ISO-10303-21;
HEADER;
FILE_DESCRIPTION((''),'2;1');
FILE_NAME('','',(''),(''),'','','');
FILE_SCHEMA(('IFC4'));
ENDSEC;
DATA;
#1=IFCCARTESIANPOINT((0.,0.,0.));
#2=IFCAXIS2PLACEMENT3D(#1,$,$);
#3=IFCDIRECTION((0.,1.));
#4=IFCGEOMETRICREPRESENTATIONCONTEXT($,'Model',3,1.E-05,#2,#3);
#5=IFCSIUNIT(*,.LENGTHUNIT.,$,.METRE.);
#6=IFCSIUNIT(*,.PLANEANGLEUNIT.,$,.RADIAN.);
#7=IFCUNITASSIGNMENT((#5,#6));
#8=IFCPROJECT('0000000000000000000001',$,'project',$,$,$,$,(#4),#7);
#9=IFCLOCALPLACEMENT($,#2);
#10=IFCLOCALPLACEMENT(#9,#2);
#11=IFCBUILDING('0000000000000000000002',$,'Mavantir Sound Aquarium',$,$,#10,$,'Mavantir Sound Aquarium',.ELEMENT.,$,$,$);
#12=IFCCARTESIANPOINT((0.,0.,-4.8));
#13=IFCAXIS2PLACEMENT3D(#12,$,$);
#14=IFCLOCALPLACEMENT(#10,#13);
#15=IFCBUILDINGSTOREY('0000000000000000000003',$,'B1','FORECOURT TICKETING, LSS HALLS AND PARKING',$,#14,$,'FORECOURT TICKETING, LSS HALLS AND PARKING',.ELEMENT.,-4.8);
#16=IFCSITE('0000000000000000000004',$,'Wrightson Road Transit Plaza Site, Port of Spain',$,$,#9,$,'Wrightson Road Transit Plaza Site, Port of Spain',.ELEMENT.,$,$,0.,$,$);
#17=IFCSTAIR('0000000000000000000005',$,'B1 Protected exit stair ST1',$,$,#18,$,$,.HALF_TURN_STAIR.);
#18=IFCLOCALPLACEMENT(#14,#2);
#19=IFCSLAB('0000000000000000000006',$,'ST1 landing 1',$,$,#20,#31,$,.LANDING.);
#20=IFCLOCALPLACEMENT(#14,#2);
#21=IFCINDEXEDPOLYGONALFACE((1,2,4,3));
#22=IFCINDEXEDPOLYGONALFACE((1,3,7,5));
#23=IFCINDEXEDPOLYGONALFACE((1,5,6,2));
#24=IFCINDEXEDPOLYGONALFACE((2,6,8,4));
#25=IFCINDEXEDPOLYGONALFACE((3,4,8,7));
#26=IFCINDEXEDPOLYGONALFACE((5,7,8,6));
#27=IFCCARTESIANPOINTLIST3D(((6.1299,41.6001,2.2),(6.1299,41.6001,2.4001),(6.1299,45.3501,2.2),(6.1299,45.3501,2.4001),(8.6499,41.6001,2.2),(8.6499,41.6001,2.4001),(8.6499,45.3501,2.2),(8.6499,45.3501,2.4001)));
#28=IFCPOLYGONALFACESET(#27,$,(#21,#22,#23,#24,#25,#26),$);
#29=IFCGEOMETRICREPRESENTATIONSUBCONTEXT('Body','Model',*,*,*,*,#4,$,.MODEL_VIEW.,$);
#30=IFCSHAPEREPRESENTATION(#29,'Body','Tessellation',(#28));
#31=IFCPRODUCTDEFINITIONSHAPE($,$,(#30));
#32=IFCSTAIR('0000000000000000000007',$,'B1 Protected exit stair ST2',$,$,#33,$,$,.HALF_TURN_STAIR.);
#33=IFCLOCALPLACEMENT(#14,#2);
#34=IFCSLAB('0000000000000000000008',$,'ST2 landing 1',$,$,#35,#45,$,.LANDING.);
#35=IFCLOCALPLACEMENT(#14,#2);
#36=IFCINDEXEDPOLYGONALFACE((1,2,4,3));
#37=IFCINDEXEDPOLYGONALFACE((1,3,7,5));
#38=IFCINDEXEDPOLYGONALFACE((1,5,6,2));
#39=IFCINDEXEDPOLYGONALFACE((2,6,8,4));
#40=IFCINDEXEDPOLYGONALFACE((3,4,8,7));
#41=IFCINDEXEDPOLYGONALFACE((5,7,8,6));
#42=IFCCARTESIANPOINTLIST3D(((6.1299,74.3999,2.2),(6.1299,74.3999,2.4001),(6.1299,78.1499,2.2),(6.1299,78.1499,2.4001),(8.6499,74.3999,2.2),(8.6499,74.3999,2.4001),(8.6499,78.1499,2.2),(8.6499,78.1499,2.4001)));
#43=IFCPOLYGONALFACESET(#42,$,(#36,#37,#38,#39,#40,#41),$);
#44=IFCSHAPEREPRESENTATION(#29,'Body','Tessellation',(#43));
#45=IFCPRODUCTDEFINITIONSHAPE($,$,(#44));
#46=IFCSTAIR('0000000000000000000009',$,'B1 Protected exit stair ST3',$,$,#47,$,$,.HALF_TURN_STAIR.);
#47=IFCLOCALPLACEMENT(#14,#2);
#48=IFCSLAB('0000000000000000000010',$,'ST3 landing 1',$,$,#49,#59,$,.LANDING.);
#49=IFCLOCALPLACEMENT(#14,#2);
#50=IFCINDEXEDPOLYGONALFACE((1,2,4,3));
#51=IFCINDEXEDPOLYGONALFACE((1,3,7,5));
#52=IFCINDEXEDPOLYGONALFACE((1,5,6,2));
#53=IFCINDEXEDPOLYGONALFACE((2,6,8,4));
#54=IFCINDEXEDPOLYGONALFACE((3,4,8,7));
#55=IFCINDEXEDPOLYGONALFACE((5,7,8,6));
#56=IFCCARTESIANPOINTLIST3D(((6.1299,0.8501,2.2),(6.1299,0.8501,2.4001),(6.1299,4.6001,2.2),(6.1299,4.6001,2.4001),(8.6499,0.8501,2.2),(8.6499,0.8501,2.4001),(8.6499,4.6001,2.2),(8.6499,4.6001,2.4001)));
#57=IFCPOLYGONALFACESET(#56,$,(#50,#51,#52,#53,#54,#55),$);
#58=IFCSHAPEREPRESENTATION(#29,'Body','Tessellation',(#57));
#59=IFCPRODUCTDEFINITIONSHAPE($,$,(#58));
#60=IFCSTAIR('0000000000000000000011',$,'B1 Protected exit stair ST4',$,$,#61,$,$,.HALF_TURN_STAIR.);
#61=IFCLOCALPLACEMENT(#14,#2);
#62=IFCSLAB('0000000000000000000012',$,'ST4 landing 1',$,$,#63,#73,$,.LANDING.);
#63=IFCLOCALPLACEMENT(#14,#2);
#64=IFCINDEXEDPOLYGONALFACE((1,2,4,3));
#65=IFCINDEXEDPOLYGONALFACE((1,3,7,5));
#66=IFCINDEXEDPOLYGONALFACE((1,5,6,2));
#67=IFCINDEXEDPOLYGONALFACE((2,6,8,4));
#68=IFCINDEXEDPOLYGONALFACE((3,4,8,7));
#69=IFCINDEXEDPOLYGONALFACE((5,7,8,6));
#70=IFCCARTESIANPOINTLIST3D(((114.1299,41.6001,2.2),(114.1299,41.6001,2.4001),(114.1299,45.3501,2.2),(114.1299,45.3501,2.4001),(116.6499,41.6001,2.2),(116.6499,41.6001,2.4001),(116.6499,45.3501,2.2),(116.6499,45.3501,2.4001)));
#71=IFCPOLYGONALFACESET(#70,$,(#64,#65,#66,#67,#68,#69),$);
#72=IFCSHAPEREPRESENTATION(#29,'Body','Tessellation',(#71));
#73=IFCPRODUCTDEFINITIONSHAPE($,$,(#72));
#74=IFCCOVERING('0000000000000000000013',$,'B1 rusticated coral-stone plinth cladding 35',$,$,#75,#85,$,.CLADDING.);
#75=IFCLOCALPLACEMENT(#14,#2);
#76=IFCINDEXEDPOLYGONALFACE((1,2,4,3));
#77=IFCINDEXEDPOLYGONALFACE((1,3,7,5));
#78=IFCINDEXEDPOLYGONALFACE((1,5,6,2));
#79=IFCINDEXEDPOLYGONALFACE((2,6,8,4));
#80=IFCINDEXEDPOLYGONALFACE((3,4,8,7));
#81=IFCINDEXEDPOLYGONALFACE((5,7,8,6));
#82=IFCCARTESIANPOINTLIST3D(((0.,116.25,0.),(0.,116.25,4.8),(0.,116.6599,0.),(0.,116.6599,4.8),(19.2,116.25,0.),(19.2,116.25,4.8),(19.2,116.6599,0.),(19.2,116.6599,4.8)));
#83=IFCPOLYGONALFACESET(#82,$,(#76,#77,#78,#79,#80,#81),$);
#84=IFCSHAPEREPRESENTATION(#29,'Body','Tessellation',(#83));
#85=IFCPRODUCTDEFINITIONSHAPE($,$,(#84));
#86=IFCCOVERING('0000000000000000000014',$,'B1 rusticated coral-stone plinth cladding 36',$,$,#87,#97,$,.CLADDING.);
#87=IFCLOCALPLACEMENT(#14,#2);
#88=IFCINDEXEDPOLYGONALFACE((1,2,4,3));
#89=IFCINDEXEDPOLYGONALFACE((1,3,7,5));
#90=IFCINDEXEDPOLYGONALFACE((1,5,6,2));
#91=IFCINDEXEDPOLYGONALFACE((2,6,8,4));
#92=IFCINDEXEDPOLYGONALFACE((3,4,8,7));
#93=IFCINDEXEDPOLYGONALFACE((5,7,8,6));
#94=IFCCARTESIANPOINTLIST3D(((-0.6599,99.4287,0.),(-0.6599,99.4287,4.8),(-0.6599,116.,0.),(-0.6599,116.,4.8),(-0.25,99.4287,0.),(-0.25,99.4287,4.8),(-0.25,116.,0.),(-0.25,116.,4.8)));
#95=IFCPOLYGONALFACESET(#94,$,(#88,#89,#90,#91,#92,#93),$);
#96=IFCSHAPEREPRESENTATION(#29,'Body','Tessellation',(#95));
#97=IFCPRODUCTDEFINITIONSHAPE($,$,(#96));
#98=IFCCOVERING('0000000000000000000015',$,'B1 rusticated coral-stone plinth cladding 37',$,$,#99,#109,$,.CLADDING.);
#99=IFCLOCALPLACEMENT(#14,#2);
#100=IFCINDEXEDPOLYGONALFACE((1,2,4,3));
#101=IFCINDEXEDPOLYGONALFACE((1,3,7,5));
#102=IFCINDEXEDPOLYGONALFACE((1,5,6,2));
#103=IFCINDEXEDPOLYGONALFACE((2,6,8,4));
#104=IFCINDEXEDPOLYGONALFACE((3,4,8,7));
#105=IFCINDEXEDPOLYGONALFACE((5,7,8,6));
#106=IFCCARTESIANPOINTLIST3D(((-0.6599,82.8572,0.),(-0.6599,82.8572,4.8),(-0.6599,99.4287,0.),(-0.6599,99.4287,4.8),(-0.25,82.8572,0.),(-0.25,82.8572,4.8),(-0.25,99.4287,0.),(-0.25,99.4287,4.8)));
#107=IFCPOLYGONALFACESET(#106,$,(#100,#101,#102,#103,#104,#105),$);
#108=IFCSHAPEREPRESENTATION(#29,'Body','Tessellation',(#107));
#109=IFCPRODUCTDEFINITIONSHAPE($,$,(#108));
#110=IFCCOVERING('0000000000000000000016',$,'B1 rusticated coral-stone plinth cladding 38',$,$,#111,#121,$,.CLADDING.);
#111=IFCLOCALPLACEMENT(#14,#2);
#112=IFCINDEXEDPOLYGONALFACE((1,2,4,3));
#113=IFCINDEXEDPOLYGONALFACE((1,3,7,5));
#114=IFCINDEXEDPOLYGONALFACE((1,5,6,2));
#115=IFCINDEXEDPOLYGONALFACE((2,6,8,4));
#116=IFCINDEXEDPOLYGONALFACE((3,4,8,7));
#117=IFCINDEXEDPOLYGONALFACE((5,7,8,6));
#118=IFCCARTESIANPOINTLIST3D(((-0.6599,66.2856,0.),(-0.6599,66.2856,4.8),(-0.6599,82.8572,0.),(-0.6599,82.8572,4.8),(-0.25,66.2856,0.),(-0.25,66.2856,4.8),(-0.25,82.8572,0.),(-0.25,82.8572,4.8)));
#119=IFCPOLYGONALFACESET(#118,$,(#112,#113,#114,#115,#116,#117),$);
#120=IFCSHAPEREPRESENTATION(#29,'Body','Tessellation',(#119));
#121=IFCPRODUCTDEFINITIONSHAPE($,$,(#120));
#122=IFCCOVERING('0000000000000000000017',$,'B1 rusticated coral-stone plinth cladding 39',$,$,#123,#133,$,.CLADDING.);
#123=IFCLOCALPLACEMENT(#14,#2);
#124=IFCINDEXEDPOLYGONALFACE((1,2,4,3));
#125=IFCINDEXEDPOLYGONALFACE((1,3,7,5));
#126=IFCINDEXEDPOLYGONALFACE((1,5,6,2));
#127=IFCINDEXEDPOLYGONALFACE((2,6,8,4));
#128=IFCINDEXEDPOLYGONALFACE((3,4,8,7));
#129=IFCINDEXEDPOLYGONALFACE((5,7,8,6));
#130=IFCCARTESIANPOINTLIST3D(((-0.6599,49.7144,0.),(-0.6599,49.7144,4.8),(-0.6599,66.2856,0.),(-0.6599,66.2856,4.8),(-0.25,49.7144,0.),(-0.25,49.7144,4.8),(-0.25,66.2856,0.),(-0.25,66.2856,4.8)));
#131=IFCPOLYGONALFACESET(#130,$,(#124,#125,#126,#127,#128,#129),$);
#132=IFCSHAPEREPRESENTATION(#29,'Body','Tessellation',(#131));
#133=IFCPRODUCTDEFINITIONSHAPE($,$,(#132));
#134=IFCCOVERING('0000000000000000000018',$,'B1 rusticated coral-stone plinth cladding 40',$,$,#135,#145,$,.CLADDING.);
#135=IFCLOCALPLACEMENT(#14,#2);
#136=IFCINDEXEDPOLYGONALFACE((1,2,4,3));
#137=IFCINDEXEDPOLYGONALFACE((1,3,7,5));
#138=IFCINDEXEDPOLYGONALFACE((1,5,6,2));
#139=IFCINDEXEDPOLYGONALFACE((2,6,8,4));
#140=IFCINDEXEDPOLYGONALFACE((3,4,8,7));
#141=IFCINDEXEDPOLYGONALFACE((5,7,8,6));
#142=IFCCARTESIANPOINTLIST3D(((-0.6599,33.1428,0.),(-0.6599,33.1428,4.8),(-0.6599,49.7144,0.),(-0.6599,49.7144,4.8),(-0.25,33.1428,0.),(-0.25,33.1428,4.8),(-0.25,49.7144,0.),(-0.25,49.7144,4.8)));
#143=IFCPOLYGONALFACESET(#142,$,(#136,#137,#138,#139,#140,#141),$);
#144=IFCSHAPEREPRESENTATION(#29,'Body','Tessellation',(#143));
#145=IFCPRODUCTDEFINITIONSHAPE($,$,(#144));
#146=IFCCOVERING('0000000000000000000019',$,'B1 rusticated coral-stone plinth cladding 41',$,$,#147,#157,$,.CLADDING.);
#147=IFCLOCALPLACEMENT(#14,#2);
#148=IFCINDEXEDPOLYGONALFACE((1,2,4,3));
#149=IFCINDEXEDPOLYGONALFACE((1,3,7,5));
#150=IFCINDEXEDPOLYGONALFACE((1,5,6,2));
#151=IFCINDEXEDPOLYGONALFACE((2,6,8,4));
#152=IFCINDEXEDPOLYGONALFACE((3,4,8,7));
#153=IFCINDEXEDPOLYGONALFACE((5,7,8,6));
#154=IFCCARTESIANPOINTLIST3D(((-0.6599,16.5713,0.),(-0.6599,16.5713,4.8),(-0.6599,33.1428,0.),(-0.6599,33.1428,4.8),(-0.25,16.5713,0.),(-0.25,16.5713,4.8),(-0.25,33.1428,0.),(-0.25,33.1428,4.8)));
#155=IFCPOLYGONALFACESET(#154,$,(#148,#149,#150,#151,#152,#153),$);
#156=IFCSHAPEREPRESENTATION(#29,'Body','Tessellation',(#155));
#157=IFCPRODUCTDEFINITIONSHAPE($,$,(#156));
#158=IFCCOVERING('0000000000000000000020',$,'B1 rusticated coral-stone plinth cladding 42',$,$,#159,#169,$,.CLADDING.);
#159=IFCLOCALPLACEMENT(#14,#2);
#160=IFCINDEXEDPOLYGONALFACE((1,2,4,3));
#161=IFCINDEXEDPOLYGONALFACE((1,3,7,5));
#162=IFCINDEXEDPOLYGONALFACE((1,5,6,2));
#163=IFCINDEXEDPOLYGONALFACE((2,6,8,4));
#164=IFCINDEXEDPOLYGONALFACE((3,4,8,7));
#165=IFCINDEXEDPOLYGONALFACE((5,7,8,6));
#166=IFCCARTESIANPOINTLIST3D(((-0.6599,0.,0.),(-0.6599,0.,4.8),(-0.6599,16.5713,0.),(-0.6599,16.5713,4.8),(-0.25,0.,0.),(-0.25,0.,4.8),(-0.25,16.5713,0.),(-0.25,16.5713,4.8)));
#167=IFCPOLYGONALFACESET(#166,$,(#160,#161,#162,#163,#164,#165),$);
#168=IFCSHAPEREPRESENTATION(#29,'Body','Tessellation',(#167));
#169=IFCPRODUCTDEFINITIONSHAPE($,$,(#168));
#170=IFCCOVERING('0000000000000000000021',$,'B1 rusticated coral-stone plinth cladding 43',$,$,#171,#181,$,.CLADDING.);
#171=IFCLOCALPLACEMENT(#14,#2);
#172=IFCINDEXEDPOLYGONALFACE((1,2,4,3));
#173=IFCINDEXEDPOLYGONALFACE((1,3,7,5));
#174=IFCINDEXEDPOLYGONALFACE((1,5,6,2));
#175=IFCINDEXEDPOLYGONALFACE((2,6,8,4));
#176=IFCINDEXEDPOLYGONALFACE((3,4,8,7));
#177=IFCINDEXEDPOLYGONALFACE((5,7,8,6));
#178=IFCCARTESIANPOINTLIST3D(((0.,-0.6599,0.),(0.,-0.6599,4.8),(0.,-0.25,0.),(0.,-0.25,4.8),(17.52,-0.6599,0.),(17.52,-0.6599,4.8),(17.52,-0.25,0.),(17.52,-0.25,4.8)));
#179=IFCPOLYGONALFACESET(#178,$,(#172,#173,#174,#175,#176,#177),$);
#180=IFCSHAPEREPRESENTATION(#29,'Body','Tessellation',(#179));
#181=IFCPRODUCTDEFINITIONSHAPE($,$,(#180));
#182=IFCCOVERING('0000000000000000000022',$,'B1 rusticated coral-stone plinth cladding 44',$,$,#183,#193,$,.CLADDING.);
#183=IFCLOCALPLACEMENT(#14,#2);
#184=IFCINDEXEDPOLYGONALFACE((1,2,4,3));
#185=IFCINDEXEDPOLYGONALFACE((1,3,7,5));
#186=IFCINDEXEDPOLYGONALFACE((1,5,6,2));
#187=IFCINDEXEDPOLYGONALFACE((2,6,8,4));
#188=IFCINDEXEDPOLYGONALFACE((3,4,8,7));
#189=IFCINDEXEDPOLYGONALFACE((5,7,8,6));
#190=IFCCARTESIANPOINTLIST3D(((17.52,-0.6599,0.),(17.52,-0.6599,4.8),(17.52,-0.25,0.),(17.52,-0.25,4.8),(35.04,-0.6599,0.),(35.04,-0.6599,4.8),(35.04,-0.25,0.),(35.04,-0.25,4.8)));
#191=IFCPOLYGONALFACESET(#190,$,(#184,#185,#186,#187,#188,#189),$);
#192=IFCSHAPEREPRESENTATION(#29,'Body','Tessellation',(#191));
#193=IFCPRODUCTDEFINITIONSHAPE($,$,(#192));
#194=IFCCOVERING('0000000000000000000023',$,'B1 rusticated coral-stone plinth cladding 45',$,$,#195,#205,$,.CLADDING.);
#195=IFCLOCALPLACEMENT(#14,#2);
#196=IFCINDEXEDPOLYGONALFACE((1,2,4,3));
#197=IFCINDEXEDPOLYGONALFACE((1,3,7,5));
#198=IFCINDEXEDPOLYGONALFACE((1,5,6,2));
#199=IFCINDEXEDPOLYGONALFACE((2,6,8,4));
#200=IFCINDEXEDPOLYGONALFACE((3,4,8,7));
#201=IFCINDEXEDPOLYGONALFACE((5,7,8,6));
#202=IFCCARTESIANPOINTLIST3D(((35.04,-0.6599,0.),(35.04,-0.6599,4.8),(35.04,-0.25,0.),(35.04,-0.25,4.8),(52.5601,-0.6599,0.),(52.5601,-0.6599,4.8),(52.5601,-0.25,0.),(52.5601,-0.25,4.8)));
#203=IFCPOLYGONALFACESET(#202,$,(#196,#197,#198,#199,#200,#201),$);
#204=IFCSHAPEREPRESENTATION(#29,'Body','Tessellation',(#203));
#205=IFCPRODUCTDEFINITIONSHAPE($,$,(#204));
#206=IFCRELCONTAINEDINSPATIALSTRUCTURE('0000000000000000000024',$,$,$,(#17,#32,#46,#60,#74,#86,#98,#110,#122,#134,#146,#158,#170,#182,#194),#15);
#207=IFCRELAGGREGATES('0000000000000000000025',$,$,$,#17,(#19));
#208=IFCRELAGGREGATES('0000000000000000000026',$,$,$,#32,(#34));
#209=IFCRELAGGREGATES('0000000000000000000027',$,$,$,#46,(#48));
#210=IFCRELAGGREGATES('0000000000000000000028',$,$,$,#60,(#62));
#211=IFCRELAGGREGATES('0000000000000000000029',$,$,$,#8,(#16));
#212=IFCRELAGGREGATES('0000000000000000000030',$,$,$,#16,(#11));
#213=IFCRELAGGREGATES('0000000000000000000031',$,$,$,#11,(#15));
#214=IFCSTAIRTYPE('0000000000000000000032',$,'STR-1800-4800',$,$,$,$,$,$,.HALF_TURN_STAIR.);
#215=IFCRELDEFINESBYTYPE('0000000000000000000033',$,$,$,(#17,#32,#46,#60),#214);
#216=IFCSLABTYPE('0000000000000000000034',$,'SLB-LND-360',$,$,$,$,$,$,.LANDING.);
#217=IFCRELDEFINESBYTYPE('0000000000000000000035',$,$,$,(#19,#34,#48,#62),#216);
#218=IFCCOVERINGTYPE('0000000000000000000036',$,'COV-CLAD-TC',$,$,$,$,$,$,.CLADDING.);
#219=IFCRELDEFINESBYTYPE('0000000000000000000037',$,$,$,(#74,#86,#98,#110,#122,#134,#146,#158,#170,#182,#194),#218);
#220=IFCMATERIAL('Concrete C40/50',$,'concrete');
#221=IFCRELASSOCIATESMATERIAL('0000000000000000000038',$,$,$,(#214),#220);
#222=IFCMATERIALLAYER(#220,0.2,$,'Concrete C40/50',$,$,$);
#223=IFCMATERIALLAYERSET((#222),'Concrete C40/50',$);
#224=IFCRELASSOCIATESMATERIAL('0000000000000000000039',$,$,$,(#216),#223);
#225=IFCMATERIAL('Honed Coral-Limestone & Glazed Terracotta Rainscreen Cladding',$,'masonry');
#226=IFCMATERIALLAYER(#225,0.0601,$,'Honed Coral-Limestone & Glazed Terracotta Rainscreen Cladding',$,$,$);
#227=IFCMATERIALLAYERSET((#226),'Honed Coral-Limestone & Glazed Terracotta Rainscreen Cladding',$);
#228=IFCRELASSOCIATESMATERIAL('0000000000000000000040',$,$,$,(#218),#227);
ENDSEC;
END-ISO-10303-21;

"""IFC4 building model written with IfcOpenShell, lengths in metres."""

from ifc_helpers import new_model, si_unit, direction, frame, origin, place, context, subcontext, project, spatial, polyline, outline, extrude, material, layer, layer_set, type_object, element, aggregate, save


model = new_model("IFC4")

# Units and contexts
model_context = context("Model", 3, precision=1e-05, world=origin(), true_north=direction((0.0, 1.0)))
body_context = subcontext(model_context, "Body", "Model", "MODEL_VIEW")
ifc_project = project(units=[si_unit("LENGTHUNIT", "METRE"), si_unit("PLANEANGLEUNIT", "RADIAN")], contexts=[model_context])

# Site, building, storey
site_placement = place(None, origin())
site = spatial("IfcSite", under=ifc_project, at=site_placement, Name="Wrightson Road Transit Plaza Site, Port of Spain", LongName="Wrightson Road Transit Plaza Site, Port of Spain", CompositionType="ELEMENT", RefElevation=0.0)
building_placement = place(site_placement, origin())
building = spatial("IfcBuilding", under=site, at=building_placement, Name="Mavantir Sound Aquarium", LongName="Mavantir Sound Aquarium", CompositionType="ELEMENT")
storey_placement = place(building_placement, frame((0.0, 0.0, -4.8)))
storey = spatial("IfcBuildingStorey", under=building, at=storey_placement, Name="B1", Description="FORECOURT TICKETING, LSS HALLS AND PARKING", LongName="FORECOURT TICKETING, LSS HALLS AND PARKING", CompositionType="ELEMENT", Elevation=-4.8)

# Stairs, slabs
ifc_material_1 = material(Name="Concrete C40/50", Category="concrete")
stair_type = type_object("IfcStairType", Name="STR-1800-4800", PredefinedType="HALF_TURN_STAIR", material=ifc_material_1)
stair_1_placement = place(storey_placement, origin())
stair_1 = element("IfcStair", 1, at=stair_1_placement, inside=storey, type_object=stair_type, Name="B1 Protected exit stair ST1", PredefinedType="HALF_TURN_STAIR")
ifc_layer_1 = layer(ifc_material_1, 0.2, Name="Concrete C40/50")
ifc_layer_set_1 = layer_set([ifc_layer_1], Name="Concrete C40/50")
slab_type = type_object("IfcSlabType", Name="SLB-LND-360", PredefinedType="LANDING", material=ifc_layer_set_1)
slab_1_placement = place(storey_placement, frame((0.0, 0.0, 2.2)))
slab_1 = element("IfcSlab", 2, at=slab_1_placement, type_object=slab_type, Name="ST1 landing 1", PredefinedType="LANDING", context=body_context, shape_type="SweptSolid", body=[
    extrude(outline(polyline([(6.1299, 41.6001), (8.6499, 41.6001), (8.6499, 45.3501), (6.1299, 45.3501), (6.1299, 41.6001)])), origin(), (0.0, 0.0, 1.0), 0.2002),
])
aggregate(stair_1, [slab_1])
stair_2_placement = place(storey_placement, origin())
stair_2 = element("IfcStair", 3, at=stair_2_placement, inside=storey, type_object=stair_type, Name="B1 Protected exit stair ST2", PredefinedType="HALF_TURN_STAIR")
slab_2_placement = place(storey_placement, frame((0.0, 0.0, 2.2)))
slab_2 = element("IfcSlab", 4, at=slab_2_placement, type_object=slab_type, Name="ST2 landing 1", PredefinedType="LANDING", context=body_context, shape_type="SweptSolid", body=[
    extrude(outline(polyline([(6.1299, 74.3999), (8.6499, 74.3999), (8.6499, 78.1499), (6.1299, 78.1499), (6.1299, 74.3999)])), origin(), (0.0, 0.0, 1.0), 0.2002),
])
aggregate(stair_2, [slab_2])
stair_3_placement = place(storey_placement, origin())
stair_3 = element("IfcStair", 5, at=stair_3_placement, inside=storey, type_object=stair_type, Name="B1 Protected exit stair ST3", PredefinedType="HALF_TURN_STAIR")
slab_3_placement = place(storey_placement, frame((0.0, 0.0, 2.2)))
slab_3 = element("IfcSlab", 6, at=slab_3_placement, type_object=slab_type, Name="ST3 landing 1", PredefinedType="LANDING", context=body_context, shape_type="SweptSolid", body=[
    extrude(outline(polyline([(6.1299, 0.8501), (8.6499, 0.8501), (8.6499, 4.6001), (6.1299, 4.6001), (6.1299, 0.8501)])), origin(), (0.0, 0.0, 1.0), 0.2002),
])
aggregate(stair_3, [slab_3])
stair_4_placement = place(storey_placement, origin())
stair_4 = element("IfcStair", 7, at=stair_4_placement, inside=storey, type_object=stair_type, Name="B1 Protected exit stair ST4", PredefinedType="HALF_TURN_STAIR")
slab_4_placement = place(storey_placement, frame((0.0, 0.0, 2.2)))
slab_4 = element("IfcSlab", 8, at=slab_4_placement, type_object=slab_type, Name="ST4 landing 1", PredefinedType="LANDING", context=body_context, shape_type="SweptSolid", body=[
    extrude(outline(polyline([(114.1299, 41.6001), (116.6499, 41.6001), (116.6499, 45.3501), (114.1299, 45.3501), (114.1299, 41.6001)])), origin(), (0.0, 0.0, 1.0), 0.2002),
])
aggregate(stair_4, [slab_4])

# Coverings
ifc_material_2 = material(Name="Honed Coral-Limestone & Glazed Terracotta Rainscreen Cladding", Category="masonry")
ifc_layer_2 = layer(ifc_material_2, 0.0601, Name="Honed Coral-Limestone & Glazed Terracotta Rainscreen Cladding")
ifc_layer_set_2 = layer_set([ifc_layer_2], Name="Honed Coral-Limestone & Glazed Terracotta Rainscreen Cladding")
covering_type = type_object("IfcCoveringType", Name="COV-CLAD-TC", PredefinedType="CLADDING", material=ifc_layer_set_2)
covering_1_placement = place(storey_placement, origin())
element("IfcCovering", 9, at=covering_1_placement, inside=storey, type_object=covering_type, Name="B1 rusticated coral-stone plinth cladding 35", PredefinedType="CLADDING", context=body_context, shape_type="SweptSolid", body=[
    extrude(outline(polyline([(19.2, 116.25), (0.0, 116.25), (0.0, 116.6599), (19.2, 116.6599), (19.2, 116.25)])), origin(), (0.0, 0.0, 1.0), 4.8),
])
covering_2_placement = place(storey_placement, origin())
element("IfcCovering", 10, at=covering_2_placement, inside=storey, type_object=covering_type, Name="B1 rusticated coral-stone plinth cladding 36", PredefinedType="CLADDING", context=body_context, shape_type="SweptSolid", body=[
    extrude(outline(polyline([(-0.25, 116.0), (-0.25, 99.4287), (-0.6599, 99.4287), (-0.6599, 116.0), (-0.25, 116.0)])), origin(), (0.0, 0.0, 1.0), 4.8),
])
covering_3_placement = place(storey_placement, origin())
element("IfcCovering", 11, at=covering_3_placement, inside=storey, type_object=covering_type, Name="B1 rusticated coral-stone plinth cladding 37", PredefinedType="CLADDING", context=body_context, shape_type="SweptSolid", body=[
    extrude(outline(polyline([(-0.25, 99.4287), (-0.25, 82.8572), (-0.6599, 82.8572), (-0.6599, 99.4287), (-0.25, 99.4287)])), origin(), (0.0, 0.0, 1.0), 4.8),
])
covering_4_placement = place(storey_placement, origin())
element("IfcCovering", 12, at=covering_4_placement, inside=storey, type_object=covering_type, Name="B1 rusticated coral-stone plinth cladding 38", PredefinedType="CLADDING", context=body_context, shape_type="SweptSolid", body=[
    extrude(outline(polyline([(-0.25, 82.8572), (-0.25, 66.2856), (-0.6599, 66.2856), (-0.6599, 82.8572), (-0.25, 82.8572)])), origin(), (0.0, 0.0, 1.0), 4.8),
])
covering_5_placement = place(storey_placement, origin())
element("IfcCovering", 13, at=covering_5_placement, inside=storey, type_object=covering_type, Name="B1 rusticated coral-stone plinth cladding 39", PredefinedType="CLADDING", context=body_context, shape_type="SweptSolid", body=[
    extrude(outline(polyline([(-0.25, 66.2856), (-0.25, 49.7144), (-0.6599, 49.7144), (-0.6599, 66.2856), (-0.25, 66.2856)])), origin(), (0.0, 0.0, 1.0), 4.8),
])
covering_6_placement = place(storey_placement, origin())
element("IfcCovering", 14, at=covering_6_placement, inside=storey, type_object=covering_type, Name="B1 rusticated coral-stone plinth cladding 40", PredefinedType="CLADDING", context=body_context, shape_type="SweptSolid", body=[
    extrude(outline(polyline([(-0.25, 49.7144), (-0.25, 33.1428), (-0.6599, 33.1428), (-0.6599, 49.7144), (-0.25, 49.7144)])), origin(), (0.0, 0.0, 1.0), 4.8),
])
covering_7_placement = place(storey_placement, origin())
element("IfcCovering", 15, at=covering_7_placement, inside=storey, type_object=covering_type, Name="B1 rusticated coral-stone plinth cladding 41", PredefinedType="CLADDING", context=body_context, shape_type="SweptSolid", body=[
    extrude(outline(polyline([(-0.25, 33.1428), (-0.25, 16.5713), (-0.6599, 16.5713), (-0.6599, 33.1428), (-0.25, 33.1428)])), origin(), (0.0, 0.0, 1.0), 4.8),
])
covering_8_placement = place(storey_placement, origin())
element("IfcCovering", 16, at=covering_8_placement, inside=storey, type_object=covering_type, Name="B1 rusticated coral-stone plinth cladding 42", PredefinedType="CLADDING", context=body_context, shape_type="SweptSolid", body=[
    extrude(outline(polyline([(-0.25, 16.5713), (-0.25, 0.0), (-0.6599, 0.0), (-0.6599, 16.5713), (-0.25, 16.5713)])), origin(), (0.0, 0.0, 1.0), 4.8),
])
covering_9_placement = place(storey_placement, origin())
element("IfcCovering", 17, at=covering_9_placement, inside=storey, type_object=covering_type, Name="B1 rusticated coral-stone plinth cladding 43", PredefinedType="CLADDING", context=body_context, shape_type="SweptSolid", body=[
    extrude(outline(polyline([(0.0, -0.25), (17.52, -0.25), (17.52, -0.6599), (0.0, -0.6599), (0.0, -0.25)])), origin(), (0.0, 0.0, 1.0), 4.8),
])
covering_10_placement = place(storey_placement, origin())
element("IfcCovering", 18, at=covering_10_placement, inside=storey, type_object=covering_type, Name="B1 rusticated coral-stone plinth cladding 44", PredefinedType="CLADDING", context=body_context, shape_type="SweptSolid", body=[
    extrude(outline(polyline([(17.52, -0.25), (35.04, -0.25), (35.04, -0.6599), (17.52, -0.6599), (17.52, -0.25)])), origin(), (0.0, 0.0, 1.0), 4.8),
])
covering_11_placement = place(storey_placement, origin())
element("IfcCovering", 19, at=covering_11_placement, inside=storey, type_object=covering_type, Name="B1 rusticated coral-stone plinth cladding 45", PredefinedType="CLADDING", context=body_context, shape_type="SweptSolid", body=[
    extrude(outline(polyline([(35.04, -0.25), (52.5601, -0.25), (52.5601, -0.6599), (35.04, -0.6599), (35.04, -0.25)])), origin(), (0.0, 0.0, 1.0), 4.8),
])

save(model, "model.ifc")
